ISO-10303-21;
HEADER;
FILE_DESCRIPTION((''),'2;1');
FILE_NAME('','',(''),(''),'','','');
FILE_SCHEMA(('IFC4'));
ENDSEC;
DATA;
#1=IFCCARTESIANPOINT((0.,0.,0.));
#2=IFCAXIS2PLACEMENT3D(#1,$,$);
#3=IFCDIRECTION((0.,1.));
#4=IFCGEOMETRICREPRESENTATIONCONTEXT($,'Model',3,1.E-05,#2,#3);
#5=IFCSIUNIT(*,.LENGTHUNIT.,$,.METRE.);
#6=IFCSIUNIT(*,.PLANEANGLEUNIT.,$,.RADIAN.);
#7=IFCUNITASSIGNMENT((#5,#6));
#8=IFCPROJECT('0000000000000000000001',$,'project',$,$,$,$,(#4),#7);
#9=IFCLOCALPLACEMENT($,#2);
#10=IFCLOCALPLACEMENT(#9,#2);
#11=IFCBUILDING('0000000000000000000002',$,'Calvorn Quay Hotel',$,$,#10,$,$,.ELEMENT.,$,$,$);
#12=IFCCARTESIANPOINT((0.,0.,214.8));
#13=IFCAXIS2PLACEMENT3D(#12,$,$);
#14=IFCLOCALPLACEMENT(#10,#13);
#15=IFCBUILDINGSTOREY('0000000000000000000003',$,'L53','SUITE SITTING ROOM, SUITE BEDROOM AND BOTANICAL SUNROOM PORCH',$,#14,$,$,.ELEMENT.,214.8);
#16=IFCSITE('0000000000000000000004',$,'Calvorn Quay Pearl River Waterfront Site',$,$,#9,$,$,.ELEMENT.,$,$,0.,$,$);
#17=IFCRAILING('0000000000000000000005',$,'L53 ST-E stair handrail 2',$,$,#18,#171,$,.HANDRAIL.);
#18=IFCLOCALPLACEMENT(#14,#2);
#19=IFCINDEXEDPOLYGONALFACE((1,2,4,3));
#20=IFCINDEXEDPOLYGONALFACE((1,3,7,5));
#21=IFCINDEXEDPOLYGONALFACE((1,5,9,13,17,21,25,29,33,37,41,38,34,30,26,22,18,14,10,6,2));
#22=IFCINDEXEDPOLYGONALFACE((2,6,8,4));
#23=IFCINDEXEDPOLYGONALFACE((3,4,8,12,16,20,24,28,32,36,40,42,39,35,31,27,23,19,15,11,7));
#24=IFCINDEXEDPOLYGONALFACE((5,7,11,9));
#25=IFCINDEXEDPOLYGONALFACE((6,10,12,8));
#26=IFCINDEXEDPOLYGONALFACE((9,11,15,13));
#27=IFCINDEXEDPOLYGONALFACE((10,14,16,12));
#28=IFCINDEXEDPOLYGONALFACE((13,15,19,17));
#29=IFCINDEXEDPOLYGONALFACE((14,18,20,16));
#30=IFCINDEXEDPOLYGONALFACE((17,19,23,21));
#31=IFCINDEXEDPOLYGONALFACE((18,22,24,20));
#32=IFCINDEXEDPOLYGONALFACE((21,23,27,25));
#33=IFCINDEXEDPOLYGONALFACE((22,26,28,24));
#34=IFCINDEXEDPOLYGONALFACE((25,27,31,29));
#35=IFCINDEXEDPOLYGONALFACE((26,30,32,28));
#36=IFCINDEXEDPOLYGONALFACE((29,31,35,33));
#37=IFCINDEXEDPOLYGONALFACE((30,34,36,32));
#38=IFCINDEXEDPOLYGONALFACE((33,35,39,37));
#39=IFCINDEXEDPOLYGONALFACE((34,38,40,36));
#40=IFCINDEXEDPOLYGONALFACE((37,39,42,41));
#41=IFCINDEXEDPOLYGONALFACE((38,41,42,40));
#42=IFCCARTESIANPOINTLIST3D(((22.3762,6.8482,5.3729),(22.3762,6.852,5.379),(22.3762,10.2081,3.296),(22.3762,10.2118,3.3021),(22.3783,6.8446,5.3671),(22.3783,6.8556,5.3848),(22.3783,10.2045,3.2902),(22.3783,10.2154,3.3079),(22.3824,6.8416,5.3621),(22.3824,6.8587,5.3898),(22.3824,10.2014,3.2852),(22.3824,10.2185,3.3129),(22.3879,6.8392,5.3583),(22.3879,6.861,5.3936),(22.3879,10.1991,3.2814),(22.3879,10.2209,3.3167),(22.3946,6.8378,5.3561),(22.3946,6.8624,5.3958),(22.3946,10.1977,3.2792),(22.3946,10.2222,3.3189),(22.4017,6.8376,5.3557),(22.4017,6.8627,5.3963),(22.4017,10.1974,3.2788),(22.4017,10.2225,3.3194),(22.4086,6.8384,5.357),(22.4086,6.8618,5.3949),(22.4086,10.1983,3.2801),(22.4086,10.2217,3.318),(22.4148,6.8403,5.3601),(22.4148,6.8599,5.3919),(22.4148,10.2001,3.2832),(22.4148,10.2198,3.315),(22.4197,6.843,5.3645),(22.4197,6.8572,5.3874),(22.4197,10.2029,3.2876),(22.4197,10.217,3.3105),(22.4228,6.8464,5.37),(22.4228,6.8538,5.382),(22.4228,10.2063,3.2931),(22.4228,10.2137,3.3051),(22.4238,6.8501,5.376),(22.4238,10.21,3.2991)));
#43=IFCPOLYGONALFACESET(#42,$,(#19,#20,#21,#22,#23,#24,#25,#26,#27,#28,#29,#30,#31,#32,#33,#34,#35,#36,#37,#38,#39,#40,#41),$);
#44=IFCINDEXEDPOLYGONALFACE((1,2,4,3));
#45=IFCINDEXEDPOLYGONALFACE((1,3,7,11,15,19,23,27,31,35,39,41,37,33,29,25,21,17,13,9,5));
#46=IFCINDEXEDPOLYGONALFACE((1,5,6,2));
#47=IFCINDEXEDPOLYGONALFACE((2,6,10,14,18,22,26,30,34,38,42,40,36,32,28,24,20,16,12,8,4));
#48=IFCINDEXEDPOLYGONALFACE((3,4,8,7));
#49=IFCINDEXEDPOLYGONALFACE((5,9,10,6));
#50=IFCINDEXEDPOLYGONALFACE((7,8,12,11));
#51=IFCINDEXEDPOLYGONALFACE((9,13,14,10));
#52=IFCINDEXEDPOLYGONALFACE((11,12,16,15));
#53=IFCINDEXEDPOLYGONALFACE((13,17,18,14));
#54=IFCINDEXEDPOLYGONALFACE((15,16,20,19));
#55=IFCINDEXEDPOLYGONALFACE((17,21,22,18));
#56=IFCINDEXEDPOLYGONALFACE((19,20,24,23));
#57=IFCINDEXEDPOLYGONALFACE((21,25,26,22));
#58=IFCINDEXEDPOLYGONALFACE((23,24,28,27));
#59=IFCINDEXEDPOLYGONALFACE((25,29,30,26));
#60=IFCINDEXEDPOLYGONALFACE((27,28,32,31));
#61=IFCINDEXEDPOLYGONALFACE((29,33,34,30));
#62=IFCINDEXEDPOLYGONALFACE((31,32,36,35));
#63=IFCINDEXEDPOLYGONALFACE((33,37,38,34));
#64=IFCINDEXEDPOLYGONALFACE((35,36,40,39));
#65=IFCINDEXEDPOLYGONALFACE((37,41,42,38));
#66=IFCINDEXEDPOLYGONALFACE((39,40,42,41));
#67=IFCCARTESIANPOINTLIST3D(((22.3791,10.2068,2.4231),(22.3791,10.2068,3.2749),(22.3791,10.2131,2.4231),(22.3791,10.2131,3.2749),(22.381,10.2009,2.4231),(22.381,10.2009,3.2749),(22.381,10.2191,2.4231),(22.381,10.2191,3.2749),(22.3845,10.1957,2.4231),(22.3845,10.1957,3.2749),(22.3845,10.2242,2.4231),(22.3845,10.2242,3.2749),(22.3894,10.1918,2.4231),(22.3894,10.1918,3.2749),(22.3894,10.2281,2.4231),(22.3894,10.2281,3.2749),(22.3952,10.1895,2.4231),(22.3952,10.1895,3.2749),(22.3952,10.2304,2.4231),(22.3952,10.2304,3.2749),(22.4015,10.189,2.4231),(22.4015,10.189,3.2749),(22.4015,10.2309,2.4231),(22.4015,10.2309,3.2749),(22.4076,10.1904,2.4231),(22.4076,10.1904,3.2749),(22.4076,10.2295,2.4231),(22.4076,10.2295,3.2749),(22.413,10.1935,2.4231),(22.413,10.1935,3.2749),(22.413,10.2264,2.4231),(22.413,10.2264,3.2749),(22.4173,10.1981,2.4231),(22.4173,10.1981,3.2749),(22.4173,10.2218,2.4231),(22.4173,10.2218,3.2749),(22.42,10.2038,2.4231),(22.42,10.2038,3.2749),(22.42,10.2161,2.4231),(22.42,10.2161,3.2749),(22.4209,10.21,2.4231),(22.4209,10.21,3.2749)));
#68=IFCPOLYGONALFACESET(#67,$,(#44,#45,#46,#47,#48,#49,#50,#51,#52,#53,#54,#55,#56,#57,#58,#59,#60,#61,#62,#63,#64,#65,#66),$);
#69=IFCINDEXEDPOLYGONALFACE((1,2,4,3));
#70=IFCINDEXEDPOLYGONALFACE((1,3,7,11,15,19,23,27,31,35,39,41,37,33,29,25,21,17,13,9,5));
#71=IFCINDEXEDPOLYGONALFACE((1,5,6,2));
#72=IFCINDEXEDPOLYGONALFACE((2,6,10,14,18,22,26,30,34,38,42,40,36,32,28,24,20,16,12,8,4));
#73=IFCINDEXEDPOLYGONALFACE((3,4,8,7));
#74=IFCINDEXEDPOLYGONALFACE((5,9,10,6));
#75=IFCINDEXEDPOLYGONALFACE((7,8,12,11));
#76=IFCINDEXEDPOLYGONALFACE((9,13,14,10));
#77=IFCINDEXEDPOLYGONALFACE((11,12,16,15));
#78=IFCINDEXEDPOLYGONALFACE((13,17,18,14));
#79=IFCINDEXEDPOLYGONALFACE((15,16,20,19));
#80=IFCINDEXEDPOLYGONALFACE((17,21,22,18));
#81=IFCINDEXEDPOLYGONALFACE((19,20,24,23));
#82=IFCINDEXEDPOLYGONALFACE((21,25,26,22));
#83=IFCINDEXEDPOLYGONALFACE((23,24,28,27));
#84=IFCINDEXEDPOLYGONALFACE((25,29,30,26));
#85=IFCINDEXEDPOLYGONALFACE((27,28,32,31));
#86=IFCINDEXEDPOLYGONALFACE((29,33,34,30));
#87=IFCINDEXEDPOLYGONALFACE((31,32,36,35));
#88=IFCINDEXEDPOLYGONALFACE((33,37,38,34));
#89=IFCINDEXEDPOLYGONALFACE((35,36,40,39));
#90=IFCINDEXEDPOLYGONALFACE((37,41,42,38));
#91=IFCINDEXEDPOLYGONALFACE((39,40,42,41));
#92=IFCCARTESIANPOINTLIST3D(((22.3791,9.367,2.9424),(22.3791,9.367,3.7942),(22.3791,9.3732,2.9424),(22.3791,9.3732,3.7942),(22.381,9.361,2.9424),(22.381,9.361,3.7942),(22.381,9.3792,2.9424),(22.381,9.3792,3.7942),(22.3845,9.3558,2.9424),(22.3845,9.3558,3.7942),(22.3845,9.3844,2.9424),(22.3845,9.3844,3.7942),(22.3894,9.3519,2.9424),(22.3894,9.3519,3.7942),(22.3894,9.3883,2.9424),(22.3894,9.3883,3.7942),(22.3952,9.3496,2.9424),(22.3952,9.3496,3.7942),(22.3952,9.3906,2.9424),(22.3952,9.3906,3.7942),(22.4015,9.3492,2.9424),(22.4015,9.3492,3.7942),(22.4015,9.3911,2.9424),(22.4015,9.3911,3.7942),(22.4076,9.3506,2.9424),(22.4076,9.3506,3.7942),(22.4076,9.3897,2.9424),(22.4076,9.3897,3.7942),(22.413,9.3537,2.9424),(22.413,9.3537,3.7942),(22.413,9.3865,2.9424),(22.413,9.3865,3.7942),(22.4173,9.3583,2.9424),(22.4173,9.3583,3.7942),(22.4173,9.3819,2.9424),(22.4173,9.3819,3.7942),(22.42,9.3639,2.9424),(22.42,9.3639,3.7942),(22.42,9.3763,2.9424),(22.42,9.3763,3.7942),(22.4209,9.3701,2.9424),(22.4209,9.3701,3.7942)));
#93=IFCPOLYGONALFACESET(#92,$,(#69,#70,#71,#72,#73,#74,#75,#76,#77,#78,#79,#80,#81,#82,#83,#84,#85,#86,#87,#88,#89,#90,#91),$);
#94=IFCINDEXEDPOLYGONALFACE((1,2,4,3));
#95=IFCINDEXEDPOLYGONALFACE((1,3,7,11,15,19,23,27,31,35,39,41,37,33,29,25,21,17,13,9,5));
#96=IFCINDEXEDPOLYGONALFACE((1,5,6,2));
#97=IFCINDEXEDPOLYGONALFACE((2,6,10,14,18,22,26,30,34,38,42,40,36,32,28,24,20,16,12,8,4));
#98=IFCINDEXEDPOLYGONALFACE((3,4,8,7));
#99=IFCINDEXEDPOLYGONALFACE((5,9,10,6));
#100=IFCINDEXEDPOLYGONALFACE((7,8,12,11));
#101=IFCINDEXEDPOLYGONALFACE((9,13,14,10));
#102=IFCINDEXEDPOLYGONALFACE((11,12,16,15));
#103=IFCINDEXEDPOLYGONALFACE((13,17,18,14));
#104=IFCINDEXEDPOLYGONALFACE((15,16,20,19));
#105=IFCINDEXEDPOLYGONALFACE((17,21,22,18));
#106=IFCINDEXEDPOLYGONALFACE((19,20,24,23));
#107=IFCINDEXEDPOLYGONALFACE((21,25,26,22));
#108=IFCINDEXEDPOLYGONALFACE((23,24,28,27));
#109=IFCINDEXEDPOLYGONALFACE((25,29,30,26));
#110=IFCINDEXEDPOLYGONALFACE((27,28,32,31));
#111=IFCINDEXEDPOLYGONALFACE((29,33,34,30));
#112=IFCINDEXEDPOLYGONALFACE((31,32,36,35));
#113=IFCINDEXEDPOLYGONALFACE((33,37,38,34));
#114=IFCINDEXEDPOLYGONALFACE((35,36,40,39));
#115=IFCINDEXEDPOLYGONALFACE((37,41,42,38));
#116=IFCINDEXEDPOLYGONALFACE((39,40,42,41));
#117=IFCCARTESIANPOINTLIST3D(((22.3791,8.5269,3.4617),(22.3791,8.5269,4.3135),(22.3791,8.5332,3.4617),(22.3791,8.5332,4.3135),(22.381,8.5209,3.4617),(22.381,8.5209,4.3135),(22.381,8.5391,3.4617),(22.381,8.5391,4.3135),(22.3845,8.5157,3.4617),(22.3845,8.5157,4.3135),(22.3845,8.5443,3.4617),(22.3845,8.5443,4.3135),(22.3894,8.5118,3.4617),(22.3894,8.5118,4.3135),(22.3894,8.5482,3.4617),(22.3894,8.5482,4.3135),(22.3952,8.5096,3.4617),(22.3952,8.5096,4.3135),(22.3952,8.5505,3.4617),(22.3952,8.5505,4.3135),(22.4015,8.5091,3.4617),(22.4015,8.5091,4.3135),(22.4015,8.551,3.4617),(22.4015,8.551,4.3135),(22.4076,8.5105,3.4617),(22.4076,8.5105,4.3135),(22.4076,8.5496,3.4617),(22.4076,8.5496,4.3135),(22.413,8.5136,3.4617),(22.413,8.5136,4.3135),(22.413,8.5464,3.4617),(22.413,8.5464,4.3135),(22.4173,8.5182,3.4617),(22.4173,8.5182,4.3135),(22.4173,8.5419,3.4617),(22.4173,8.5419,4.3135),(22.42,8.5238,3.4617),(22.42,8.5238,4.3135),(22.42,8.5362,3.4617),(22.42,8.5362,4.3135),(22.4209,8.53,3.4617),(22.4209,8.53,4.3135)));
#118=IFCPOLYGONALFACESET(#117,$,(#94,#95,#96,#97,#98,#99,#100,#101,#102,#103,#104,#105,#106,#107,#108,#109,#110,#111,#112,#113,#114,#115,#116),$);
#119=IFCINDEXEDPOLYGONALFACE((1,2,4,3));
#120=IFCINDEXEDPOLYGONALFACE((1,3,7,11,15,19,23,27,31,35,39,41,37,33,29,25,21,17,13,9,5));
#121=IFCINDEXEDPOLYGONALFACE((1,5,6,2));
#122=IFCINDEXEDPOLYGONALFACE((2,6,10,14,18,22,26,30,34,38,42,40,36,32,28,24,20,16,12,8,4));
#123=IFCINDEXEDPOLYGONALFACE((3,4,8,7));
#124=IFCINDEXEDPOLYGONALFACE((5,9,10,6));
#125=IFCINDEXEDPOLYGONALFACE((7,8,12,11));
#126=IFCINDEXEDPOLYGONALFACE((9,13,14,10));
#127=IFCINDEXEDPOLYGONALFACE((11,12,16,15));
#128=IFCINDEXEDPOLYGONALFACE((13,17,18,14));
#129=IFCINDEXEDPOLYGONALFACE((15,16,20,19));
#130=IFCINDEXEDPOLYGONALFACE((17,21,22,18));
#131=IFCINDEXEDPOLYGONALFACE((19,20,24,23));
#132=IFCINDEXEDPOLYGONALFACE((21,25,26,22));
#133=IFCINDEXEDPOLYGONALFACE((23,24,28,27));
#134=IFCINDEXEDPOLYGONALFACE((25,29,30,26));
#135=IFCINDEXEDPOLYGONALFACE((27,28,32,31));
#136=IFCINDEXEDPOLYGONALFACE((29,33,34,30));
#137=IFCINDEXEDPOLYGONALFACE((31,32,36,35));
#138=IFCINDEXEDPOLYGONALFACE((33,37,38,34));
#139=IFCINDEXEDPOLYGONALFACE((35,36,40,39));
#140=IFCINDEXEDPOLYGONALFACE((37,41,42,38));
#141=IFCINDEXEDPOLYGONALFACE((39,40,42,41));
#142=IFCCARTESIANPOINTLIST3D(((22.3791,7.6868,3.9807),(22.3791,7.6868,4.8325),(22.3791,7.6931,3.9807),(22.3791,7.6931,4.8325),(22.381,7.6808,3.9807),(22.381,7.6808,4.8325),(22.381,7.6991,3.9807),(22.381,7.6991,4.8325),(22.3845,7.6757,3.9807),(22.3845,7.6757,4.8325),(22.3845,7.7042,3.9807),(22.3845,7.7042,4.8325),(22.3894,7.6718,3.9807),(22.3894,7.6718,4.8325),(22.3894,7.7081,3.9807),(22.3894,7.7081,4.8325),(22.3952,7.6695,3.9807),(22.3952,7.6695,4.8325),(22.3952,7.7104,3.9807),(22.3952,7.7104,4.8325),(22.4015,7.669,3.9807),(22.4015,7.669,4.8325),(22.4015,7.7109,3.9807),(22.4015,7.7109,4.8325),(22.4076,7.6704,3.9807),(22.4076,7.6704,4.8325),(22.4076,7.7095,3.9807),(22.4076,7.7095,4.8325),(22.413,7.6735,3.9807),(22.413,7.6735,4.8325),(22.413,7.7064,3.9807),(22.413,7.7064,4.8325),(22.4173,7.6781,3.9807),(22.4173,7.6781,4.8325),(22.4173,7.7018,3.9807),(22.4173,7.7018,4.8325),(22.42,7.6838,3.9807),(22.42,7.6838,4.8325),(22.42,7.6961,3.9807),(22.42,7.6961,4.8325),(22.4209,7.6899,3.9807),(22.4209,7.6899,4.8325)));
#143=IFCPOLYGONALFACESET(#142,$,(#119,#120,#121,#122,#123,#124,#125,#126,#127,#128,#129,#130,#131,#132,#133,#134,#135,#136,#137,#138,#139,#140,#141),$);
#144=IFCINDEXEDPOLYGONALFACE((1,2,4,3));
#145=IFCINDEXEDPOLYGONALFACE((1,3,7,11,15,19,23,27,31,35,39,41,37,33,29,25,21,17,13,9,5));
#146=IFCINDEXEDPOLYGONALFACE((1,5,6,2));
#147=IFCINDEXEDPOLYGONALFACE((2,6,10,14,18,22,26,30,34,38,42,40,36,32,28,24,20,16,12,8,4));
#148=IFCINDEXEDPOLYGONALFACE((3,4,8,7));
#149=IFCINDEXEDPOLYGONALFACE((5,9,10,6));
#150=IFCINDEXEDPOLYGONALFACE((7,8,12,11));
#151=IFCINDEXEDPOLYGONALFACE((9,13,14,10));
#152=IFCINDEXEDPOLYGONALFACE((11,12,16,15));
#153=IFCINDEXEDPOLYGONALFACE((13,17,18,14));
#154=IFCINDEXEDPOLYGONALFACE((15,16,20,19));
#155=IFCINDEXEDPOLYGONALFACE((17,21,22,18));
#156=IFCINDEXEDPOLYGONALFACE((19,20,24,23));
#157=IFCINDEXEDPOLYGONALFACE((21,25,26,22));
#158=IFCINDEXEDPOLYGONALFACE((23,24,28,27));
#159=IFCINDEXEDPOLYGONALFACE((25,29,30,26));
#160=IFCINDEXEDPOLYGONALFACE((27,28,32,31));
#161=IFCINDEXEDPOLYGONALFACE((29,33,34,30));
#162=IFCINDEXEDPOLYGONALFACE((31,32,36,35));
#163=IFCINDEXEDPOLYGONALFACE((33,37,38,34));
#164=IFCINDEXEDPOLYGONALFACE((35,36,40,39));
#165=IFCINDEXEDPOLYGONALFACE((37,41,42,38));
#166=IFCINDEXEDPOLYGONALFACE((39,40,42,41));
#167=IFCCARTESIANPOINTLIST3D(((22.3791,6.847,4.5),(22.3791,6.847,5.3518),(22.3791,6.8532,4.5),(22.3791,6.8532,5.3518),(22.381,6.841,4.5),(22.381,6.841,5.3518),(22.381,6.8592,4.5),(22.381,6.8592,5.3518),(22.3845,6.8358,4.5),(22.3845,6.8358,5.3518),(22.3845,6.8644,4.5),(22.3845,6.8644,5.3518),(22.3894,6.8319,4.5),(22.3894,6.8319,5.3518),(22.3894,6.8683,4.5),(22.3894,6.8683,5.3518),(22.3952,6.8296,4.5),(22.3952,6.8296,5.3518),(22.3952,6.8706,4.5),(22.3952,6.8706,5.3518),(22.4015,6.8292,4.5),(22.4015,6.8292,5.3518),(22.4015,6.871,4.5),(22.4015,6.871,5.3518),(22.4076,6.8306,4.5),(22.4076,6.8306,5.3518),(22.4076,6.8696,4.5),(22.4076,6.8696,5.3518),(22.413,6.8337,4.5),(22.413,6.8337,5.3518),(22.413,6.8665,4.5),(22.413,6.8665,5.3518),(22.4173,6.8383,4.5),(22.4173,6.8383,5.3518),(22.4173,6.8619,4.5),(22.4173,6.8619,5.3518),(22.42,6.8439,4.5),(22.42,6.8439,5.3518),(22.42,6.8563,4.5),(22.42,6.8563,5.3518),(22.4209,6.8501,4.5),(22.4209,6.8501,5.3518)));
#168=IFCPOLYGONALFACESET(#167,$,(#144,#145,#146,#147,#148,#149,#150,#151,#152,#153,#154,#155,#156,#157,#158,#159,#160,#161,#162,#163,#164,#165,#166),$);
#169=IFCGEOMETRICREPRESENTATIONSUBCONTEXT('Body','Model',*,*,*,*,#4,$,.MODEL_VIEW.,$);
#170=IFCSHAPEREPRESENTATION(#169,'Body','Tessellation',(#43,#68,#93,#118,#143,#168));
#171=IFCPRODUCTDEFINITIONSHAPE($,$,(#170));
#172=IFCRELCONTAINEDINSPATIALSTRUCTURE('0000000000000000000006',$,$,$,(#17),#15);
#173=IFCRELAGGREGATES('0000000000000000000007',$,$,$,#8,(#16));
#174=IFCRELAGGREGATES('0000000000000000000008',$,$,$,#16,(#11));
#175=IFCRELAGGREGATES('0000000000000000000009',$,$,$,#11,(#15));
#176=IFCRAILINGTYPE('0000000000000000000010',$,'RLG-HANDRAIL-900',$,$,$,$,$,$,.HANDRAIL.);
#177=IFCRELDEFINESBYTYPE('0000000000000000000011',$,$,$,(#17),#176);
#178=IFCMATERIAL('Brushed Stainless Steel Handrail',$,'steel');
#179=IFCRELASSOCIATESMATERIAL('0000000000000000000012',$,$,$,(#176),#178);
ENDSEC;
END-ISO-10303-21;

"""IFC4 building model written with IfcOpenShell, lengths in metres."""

from ifc_helpers import new_model, si_unit, direction, frame, origin, origin_2d, place, context, subcontext, project, spatial, circle, extrude, material, type_object, element, save


model = new_model("IFC4")

# Units and contexts
model_context = context("Model", 3, precision=1e-05, world=origin(), true_north=direction((0.0, 1.0)))
body_context = subcontext(model_context, "Body", "Model", "MODEL_VIEW")
ifc_project = project(units=[si_unit("LENGTHUNIT", "METRE"), si_unit("PLANEANGLEUNIT", "RADIAN")], contexts=[model_context])

# Site, building, storey
site_placement = place(None, origin())
site = spatial("IfcSite", under=ifc_project, at=site_placement, Name="Calvorn Quay Pearl River Waterfront Site", CompositionType="ELEMENT", RefElevation=0.0)
building_placement = place(site_placement, origin())
building = spatial("IfcBuilding", under=site, at=building_placement, Name="Calvorn Quay Hotel", CompositionType="ELEMENT")
storey_placement = place(building_placement, frame((0.0, 0.0, 214.8)))
storey = spatial("IfcBuildingStorey", under=building, at=storey_placement, Name="L53", Description="SUITE SITTING ROOM, SUITE BEDROOM AND BOTANICAL SUNROOM PORCH", CompositionType="ELEMENT", Elevation=214.8)

# Railing
ifc_material_1 = material(Name="Brushed Stainless Steel Handrail", Category="steel")
railing_type = type_object("IfcRailingType", Name="RLG-HANDRAIL-900", PredefinedType="HANDRAIL", material=ifc_material_1)
railing_placement = place(storey_placement, frame((22.3999, 10.21, 2.4231)))
element("IfcRailing", 1, at=railing_placement, inside=storey, type_object=railing_type, Name="L53 ST-E stair handrail 2", PredefinedType="HANDRAIL", context=body_context, shape_type="SweptSolid", body=[
    extrude(circle(Radius=0.0239, at=origin_2d()), frame((0.0, 0.0, 0.876), z_axis=(0.0, -0.850606, 0.525803), x_axis=(1.0, 0.0, 0.0)), (0.0, 0.0, 1.0), 3.95),
    extrude(circle(Radius=0.021, at=origin_2d()), origin(), (0.0, 0.0, 1.0), 0.8518),
    extrude(circle(Radius=0.021, at=origin_2d()), frame((0.0, -0.8398, 0.5193)), (0.0, 0.0, 1.0), 0.8518),
    extrude(circle(Radius=0.021, at=origin_2d()), frame((0.0, -1.6799, 1.0386)), (0.0, 0.0, 1.0), 0.8518),
    extrude(circle(Radius=0.021, at=origin_2d()), frame((0.0, -2.52, 1.5576)), (0.0, 0.0, 1.0), 0.8518),
    extrude(circle(Radius=0.021, at=origin_2d()), frame((0.0, -3.3599, 2.0769)), (0.0, 0.0, 1.0), 0.8518),
])

save(model, "model.ifc")
